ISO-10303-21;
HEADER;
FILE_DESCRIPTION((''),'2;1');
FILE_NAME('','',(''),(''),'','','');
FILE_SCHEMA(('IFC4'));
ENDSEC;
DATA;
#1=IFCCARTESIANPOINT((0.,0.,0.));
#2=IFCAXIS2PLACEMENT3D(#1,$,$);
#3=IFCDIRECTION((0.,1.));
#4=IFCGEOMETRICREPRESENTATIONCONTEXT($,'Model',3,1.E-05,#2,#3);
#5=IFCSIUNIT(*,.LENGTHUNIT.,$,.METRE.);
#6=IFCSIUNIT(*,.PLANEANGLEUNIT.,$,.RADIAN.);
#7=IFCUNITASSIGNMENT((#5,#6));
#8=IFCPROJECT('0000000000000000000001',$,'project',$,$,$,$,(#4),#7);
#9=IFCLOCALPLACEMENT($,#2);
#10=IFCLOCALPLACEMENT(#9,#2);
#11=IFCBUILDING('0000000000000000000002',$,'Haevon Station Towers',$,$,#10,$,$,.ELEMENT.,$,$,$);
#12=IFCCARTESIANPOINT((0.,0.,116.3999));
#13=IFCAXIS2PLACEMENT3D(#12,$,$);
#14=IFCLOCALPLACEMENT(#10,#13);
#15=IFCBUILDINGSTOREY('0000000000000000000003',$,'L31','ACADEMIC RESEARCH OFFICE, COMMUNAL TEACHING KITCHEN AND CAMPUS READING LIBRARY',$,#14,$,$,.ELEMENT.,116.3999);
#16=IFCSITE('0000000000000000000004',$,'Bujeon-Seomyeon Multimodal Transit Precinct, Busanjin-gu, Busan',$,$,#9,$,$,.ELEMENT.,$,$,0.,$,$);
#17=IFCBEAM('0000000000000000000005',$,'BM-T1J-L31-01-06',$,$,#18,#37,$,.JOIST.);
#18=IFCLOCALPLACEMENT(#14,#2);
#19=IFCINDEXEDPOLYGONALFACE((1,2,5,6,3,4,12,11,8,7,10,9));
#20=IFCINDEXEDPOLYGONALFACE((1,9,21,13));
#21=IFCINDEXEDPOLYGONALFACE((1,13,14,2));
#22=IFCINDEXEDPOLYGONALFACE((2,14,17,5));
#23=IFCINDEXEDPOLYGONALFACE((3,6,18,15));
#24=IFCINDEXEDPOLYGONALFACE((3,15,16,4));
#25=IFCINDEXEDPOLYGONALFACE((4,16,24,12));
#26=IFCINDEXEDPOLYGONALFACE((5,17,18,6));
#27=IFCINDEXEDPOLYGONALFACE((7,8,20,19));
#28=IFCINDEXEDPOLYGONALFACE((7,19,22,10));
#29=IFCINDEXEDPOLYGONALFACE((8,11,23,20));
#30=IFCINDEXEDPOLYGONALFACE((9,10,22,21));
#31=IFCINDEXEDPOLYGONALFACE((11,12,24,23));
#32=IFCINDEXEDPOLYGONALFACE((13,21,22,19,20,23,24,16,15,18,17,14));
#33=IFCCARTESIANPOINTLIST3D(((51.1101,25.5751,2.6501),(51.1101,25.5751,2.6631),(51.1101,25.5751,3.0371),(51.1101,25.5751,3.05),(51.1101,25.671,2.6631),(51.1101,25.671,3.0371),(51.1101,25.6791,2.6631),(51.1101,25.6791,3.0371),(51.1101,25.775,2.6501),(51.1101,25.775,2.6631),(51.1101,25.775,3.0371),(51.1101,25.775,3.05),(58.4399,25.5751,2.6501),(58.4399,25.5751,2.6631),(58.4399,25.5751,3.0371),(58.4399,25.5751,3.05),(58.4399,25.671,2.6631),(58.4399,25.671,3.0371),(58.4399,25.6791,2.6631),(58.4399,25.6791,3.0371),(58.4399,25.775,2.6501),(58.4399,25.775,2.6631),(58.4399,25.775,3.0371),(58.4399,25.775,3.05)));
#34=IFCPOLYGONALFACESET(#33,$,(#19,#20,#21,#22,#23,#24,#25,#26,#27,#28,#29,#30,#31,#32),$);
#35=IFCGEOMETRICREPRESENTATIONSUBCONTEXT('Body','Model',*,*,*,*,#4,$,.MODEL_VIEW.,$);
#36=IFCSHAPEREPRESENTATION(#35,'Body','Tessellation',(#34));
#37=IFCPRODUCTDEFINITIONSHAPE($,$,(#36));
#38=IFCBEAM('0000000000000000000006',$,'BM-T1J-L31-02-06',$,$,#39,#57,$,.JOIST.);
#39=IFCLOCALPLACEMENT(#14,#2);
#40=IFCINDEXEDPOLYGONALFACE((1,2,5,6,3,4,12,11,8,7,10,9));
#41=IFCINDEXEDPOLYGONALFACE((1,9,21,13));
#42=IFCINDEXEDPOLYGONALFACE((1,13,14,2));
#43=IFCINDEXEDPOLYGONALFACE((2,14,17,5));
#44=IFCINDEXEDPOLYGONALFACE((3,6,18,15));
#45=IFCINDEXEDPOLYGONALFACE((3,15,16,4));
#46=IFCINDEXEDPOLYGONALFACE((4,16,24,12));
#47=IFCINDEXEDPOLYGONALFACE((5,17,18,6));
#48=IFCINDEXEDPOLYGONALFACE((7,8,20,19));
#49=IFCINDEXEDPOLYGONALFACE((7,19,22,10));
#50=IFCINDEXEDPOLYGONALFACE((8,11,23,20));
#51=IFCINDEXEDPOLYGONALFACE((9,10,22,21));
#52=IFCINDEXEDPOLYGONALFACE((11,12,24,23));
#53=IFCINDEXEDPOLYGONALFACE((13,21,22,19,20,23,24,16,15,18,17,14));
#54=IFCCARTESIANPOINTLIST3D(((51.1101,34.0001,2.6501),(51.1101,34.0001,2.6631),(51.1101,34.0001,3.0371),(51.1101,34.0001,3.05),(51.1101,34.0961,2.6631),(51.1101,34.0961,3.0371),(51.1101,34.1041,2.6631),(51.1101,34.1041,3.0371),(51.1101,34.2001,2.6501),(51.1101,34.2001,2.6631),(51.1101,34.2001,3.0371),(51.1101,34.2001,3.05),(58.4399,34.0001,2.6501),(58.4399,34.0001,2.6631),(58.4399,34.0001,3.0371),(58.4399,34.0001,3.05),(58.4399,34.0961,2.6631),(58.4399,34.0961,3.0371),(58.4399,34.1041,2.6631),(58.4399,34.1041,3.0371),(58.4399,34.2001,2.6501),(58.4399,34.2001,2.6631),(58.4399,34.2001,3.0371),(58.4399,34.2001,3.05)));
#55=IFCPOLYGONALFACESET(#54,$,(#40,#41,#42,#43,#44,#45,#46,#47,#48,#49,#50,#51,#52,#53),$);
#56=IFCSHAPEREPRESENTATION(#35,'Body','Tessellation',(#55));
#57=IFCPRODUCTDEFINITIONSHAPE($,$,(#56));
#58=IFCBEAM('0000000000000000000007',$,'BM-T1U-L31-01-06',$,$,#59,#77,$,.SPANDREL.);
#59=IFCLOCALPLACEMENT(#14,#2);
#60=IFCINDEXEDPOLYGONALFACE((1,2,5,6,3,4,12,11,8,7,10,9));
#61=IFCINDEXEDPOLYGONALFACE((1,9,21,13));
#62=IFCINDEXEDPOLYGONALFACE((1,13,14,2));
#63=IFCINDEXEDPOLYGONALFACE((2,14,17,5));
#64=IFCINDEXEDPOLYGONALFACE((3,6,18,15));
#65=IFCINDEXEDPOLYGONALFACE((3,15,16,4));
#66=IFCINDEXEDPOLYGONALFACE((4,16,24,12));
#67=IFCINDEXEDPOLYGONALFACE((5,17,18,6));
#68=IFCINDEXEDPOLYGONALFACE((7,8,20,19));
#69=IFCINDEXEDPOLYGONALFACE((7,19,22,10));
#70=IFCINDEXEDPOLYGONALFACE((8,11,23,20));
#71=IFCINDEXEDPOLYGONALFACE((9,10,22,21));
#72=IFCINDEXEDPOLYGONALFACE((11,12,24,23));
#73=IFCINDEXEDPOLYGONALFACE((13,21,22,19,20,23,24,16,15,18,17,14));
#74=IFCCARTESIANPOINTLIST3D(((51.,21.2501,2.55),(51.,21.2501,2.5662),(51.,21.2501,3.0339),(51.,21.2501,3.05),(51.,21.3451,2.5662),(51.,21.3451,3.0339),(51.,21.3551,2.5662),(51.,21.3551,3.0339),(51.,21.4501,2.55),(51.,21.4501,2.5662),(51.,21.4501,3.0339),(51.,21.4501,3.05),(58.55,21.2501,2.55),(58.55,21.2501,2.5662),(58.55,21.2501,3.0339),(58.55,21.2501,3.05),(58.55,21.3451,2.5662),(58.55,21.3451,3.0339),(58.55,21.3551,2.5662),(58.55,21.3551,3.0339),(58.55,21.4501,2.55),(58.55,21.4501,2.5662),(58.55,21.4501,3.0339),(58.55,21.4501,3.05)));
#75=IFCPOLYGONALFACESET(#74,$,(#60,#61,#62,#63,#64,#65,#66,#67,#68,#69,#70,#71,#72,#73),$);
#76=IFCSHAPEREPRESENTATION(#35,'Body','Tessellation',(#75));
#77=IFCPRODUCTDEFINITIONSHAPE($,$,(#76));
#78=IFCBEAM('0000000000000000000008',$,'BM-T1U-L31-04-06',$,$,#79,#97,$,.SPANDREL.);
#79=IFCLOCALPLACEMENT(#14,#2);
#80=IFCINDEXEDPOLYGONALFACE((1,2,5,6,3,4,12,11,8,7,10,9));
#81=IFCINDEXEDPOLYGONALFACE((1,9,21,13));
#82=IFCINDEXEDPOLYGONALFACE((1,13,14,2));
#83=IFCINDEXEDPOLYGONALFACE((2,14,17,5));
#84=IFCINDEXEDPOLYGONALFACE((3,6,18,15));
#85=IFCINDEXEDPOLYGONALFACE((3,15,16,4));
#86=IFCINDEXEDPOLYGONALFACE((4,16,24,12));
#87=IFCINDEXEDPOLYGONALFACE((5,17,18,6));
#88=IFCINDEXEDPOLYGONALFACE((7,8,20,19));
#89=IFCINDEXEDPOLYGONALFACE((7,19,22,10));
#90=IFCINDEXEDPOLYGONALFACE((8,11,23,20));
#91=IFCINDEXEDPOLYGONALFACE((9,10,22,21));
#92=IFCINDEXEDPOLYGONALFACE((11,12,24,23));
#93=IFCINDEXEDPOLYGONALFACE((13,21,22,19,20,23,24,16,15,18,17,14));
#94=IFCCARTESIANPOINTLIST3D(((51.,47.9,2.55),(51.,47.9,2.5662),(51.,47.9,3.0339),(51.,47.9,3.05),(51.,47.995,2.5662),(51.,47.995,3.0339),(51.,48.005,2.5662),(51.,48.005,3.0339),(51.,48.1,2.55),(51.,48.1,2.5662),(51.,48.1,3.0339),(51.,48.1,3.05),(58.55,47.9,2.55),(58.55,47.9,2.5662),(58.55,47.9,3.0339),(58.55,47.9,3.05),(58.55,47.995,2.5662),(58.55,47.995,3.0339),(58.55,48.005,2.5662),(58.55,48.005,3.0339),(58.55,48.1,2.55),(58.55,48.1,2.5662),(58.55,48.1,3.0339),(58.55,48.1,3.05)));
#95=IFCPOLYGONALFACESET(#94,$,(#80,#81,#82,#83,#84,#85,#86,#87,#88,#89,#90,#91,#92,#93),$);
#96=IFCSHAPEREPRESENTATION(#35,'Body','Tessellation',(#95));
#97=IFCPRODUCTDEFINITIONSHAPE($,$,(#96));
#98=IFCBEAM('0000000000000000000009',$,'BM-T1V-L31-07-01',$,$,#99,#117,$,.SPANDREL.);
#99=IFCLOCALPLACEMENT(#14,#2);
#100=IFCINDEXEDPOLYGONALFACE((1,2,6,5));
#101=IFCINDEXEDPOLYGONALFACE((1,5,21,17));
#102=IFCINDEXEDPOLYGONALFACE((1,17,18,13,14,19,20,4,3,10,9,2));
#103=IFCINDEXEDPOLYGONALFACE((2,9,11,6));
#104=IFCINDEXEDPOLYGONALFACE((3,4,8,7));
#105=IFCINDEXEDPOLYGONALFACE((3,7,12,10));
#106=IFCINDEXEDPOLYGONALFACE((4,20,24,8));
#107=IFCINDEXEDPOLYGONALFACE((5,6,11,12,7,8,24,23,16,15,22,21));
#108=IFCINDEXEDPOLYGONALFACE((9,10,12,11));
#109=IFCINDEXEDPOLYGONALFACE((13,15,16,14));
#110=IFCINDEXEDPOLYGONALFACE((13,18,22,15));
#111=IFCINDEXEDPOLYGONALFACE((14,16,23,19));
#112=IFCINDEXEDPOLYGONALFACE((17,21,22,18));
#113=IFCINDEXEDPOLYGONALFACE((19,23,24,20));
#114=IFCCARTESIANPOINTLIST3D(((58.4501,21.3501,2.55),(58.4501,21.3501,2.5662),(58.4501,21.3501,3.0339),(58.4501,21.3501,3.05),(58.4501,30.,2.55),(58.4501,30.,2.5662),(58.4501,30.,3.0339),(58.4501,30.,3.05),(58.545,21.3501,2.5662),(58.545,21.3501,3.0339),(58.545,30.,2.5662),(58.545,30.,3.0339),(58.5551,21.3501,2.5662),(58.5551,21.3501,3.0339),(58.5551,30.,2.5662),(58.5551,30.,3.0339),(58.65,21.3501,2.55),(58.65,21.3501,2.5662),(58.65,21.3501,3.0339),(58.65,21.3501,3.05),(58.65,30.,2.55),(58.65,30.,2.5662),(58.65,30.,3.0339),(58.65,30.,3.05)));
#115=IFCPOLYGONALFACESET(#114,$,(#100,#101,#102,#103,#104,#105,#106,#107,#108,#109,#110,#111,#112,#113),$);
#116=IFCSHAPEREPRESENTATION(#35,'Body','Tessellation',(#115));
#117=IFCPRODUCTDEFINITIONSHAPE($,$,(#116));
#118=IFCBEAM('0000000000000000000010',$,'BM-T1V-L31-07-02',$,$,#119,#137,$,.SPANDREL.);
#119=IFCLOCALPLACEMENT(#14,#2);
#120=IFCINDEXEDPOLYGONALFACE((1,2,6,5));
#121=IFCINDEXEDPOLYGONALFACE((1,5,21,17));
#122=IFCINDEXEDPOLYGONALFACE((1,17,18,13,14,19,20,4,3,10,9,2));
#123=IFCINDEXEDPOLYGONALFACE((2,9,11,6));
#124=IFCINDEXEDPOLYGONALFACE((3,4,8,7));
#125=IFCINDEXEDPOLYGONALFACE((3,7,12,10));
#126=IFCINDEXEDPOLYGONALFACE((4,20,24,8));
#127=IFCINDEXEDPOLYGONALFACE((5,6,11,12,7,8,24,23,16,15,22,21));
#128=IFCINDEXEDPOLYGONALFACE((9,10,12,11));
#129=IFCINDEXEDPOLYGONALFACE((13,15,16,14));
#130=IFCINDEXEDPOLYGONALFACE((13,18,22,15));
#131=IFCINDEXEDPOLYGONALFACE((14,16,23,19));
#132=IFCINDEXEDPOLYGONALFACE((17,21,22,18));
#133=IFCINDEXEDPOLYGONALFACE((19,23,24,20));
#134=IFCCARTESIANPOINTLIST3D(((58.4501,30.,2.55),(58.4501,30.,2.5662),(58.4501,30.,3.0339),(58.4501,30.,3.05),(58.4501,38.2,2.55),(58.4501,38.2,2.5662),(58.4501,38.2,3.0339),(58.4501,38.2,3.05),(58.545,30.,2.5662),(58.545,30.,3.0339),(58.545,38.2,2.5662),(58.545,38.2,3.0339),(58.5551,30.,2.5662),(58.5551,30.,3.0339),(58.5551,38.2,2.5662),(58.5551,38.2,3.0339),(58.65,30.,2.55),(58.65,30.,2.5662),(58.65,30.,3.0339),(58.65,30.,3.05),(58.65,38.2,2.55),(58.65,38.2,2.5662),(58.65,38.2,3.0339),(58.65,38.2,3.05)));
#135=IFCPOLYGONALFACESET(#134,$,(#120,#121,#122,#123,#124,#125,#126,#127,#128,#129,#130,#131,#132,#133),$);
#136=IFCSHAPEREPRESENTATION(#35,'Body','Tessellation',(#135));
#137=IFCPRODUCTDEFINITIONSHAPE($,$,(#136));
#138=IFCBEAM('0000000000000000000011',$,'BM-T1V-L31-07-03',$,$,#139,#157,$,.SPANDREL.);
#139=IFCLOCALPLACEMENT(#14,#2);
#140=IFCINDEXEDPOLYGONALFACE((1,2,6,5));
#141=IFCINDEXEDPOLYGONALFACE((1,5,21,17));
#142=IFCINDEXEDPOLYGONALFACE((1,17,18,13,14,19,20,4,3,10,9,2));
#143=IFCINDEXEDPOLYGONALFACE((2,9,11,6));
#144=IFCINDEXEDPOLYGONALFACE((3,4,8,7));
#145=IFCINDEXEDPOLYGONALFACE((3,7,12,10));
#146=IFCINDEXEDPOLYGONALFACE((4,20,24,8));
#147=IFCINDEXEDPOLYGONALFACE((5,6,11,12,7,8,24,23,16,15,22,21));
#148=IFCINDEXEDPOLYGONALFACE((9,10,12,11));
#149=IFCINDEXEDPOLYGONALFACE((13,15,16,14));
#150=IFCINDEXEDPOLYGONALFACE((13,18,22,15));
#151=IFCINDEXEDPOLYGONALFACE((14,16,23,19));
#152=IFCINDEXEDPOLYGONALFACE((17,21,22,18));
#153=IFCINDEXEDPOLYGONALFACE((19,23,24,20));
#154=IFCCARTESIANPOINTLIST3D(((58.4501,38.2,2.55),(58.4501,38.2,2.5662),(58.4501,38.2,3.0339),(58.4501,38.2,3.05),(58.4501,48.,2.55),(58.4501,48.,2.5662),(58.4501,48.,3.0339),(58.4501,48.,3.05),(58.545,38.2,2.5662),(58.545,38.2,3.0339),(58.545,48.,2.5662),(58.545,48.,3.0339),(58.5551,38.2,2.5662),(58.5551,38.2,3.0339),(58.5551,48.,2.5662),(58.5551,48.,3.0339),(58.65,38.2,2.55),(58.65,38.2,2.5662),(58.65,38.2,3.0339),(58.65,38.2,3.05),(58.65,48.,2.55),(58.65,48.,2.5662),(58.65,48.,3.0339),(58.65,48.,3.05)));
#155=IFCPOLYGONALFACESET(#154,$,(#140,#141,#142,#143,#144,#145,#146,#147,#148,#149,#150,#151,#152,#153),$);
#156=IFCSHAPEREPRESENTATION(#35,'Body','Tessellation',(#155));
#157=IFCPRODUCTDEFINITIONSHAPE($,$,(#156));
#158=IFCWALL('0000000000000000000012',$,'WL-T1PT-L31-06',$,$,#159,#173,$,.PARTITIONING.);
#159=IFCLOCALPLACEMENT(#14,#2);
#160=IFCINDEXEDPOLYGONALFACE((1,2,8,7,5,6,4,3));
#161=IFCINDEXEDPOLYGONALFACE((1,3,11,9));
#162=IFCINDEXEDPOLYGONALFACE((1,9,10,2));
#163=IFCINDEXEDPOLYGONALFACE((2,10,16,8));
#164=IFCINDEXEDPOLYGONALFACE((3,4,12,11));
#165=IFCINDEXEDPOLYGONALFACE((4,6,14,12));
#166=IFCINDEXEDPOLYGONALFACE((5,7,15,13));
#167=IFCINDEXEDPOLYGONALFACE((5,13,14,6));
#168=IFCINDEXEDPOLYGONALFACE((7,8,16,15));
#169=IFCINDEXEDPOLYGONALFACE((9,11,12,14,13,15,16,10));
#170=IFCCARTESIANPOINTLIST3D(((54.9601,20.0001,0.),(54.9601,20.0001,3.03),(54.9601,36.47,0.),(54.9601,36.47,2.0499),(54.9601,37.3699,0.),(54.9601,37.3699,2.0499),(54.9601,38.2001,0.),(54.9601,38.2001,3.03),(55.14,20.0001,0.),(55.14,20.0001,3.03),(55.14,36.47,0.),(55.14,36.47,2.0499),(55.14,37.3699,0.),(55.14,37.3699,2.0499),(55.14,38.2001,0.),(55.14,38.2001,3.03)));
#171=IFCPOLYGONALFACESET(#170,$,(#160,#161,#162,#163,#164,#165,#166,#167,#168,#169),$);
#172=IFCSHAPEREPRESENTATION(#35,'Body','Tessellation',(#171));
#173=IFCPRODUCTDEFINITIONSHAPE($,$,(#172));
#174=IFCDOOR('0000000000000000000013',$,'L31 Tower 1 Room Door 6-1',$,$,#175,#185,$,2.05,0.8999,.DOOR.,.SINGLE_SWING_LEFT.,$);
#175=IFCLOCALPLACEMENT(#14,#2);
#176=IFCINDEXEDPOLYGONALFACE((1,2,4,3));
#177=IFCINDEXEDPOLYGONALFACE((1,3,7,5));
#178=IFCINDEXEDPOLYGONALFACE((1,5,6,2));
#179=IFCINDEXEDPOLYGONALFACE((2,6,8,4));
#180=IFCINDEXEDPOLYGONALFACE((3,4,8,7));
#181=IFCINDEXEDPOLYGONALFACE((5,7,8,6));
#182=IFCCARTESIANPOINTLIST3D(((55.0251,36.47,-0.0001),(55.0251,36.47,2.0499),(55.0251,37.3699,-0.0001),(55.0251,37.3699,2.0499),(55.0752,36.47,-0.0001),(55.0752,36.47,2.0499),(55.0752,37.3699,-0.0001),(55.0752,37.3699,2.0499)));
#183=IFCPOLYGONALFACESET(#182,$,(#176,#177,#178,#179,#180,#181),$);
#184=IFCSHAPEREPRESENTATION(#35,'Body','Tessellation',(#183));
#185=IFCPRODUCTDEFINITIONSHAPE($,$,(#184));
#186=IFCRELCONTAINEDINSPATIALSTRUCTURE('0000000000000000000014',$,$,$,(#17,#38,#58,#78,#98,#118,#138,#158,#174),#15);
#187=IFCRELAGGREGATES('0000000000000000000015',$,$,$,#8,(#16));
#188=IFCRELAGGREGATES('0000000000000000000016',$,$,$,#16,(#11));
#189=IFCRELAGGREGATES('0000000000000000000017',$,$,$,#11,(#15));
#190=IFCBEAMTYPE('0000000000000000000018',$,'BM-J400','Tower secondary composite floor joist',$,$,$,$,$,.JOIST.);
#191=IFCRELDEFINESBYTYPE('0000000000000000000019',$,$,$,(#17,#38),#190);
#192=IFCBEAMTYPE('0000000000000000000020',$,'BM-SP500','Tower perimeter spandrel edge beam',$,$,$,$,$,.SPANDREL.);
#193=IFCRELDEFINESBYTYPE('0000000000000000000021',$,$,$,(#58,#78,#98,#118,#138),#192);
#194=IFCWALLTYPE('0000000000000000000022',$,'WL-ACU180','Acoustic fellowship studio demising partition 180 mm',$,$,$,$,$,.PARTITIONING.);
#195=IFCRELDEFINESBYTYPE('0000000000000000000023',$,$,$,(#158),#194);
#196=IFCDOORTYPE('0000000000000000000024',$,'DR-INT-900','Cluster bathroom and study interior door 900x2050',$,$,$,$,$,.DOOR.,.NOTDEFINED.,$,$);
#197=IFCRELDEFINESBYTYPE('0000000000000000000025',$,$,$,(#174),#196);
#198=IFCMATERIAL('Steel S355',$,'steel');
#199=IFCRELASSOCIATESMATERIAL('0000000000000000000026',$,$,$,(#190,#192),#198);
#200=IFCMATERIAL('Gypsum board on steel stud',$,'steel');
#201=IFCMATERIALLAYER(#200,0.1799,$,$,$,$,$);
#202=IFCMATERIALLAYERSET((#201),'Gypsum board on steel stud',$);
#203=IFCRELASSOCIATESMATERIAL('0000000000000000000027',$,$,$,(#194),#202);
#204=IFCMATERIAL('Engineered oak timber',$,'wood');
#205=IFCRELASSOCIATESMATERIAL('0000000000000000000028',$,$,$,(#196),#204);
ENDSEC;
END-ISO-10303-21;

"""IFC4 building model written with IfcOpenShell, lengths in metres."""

from ifc_helpers import new_model, si_unit, direction, frame, frame_2d, origin, origin_2d, place, context, subcontext, project, spatial, rectangle, i_section, extrude, material, layer, layer_set, material_profile, profile_set, type_object, element, fill, save


model = new_model("IFC4")

# Units and contexts
model_context = context("Model", 3, precision=1e-05, world=origin(), true_north=direction((0.0, 1.0)))
body_context = subcontext(model_context, "Body", "Model", "MODEL_VIEW")
ifc_project = project(units=[si_unit("LENGTHUNIT", "METRE"), si_unit("PLANEANGLEUNIT", "RADIAN")], contexts=[model_context])

# Site, building, storey
site_placement = place(None, origin())
site = spatial("IfcSite", under=ifc_project, at=site_placement, Name="Bujeon-Seomyeon Multimodal Transit Precinct, Busanjin-gu, Busan", CompositionType="ELEMENT", RefElevation=0.0)
building_placement = place(site_placement, origin())
building = spatial("IfcBuilding", under=site, at=building_placement, Name="Haevon Station Towers", CompositionType="ELEMENT")
storey_placement = place(building_placement, frame((0.0, 0.0, 116.3999)))
storey = spatial("IfcBuildingStorey", under=building, at=storey_placement, Name="L31", Description="ACADEMIC RESEARCH OFFICE, COMMUNAL TEACHING KITCHEN AND CAMPUS READING LIBRARY", CompositionType="ELEMENT", Elevation=116.3999)

# Beams
ifc_material_1 = material(Name="Steel S355", Category="steel")
ifc_material_profile_1 = material_profile(ifc_material_1, i_section(OverallWidth=0.2, OverallDepth=0.3999, WebThickness=0.0081, FlangeThickness=0.0129, at=origin_2d()), Name="H-400x200x8x13")
ifc_profile_set_1 = profile_set([ifc_material_profile_1], Name="Steel S355")
beam_type_1 = type_object("IfcBeamType", Name="BM-J400", Description="Tower secondary composite floor joist", PredefinedType="JOIST", material=ifc_profile_set_1)
for number, where, z_axis, x_axis, name in (
    (1, (51.1101, 25.675, 2.8501), (1.0, 0.0, 0.0), (0.0, 1.0, 0.0), "BM-T1J-L31-01-06"),
    (2, (51.1101, 34.1001, 2.8501), (1.0, 0.0, 0.0), (0.0, 1.0, 0.0), "BM-T1J-L31-02-06"),
):
    element("IfcBeam", number, at=place(storey_placement, frame(where, z_axis=z_axis, x_axis=x_axis)), inside=storey, type_object=beam_type_1, Name=name, PredefinedType="JOIST", context=body_context, shape_type="SweptSolid", body=[
        extrude(i_section(OverallWidth=0.2, OverallDepth=0.3999, WebThickness=0.0081, FlangeThickness=0.0129, at=origin_2d()), origin(), (0.0, 0.0, 1.0), 7.3298),
    ])
ifc_material_profile_2 = material_profile(ifc_material_1, i_section(OverallWidth=0.2, OverallDepth=0.5, WebThickness=0.01, FlangeThickness=0.0161, at=origin_2d()), Name="H-500x200x10x16")
ifc_profile_set_2 = profile_set([ifc_material_profile_2], Name="Steel S355")
beam_type_2 = type_object("IfcBeamType", Name="BM-SP500", Description="Tower perimeter spandrel edge beam", PredefinedType="SPANDREL", material=ifc_profile_set_2)
for number, where, z_axis, x_axis, name in (
    (3, (51.0, 21.3501, 2.8), (1.0, 0.0, 0.0), (0.0, 1.0, 0.0), "BM-T1U-L31-01-06"),
    (4, (51.0, 48.0, 2.8), (1.0, 0.0, 0.0), (0.0, 1.0, 0.0), "BM-T1U-L31-04-06"),
):
    element("IfcBeam", number, at=place(storey_placement, frame(where, z_axis=z_axis, x_axis=x_axis)), inside=storey, type_object=beam_type_2, Name=name, PredefinedType="SPANDREL", context=body_context, shape_type="SweptSolid", body=[
        extrude(i_section(OverallWidth=0.2, OverallDepth=0.5, WebThickness=0.01, FlangeThickness=0.0161, at=origin_2d()), origin(), (0.0, 0.0, 1.0), 7.55),
    ])
beam_1_placement = place(storey_placement, frame((58.55, 21.3501, 2.8), z_axis=(0.0, 1.0, 0.0), x_axis=(-1.0, 0.0, 0.0)))
element("IfcBeam", 5, at=beam_1_placement, inside=storey, type_object=beam_type_2, Name="BM-T1V-L31-07-01", PredefinedType="SPANDREL", context=body_context, shape_type="SweptSolid", body=[
    extrude(i_section(OverallWidth=0.2, OverallDepth=0.5, WebThickness=0.01, FlangeThickness=0.0161, at=origin_2d()), origin(), (0.0, 0.0, 1.0), 8.6499),
])
beam_2_placement = place(storey_placement, frame((58.55, 30.0, 2.8), z_axis=(0.0, 1.0, 0.0), x_axis=(-1.0, 0.0, 0.0)))
element("IfcBeam", 6, at=beam_2_placement, inside=storey, type_object=beam_type_2, Name="BM-T1V-L31-07-02", PredefinedType="SPANDREL", context=body_context, shape_type="SweptSolid", body=[
    extrude(i_section(OverallWidth=0.2, OverallDepth=0.5, WebThickness=0.01, FlangeThickness=0.0161, at=origin_2d()), origin(), (0.0, 0.0, 1.0), 8.2),
])
beam_3_placement = place(storey_placement, frame((58.55, 38.2, 2.8), z_axis=(0.0, 1.0, 0.0), x_axis=(-1.0, 0.0, 0.0)))
element("IfcBeam", 7, at=beam_3_placement, inside=storey, type_object=beam_type_2, Name="BM-T1V-L31-07-03", PredefinedType="SPANDREL", context=body_context, shape_type="SweptSolid", body=[
    extrude(i_section(OverallWidth=0.2, OverallDepth=0.5, WebThickness=0.01, FlangeThickness=0.0161, at=origin_2d()), origin(), (0.0, 0.0, 1.0), 9.8),
])

# Wall, opening, door
ifc_material_2 = material(Name="Gypsum board on steel stud", Category="steel")
ifc_layer_1 = layer(ifc_material_2, 0.1799)
ifc_layer_set_1 = layer_set([ifc_layer_1], Name="Gypsum board on steel stud")
wall_type_1 = type_object("IfcWallType", Name="WL-ACU180", Description="Acoustic fellowship studio demising partition 180 mm", PredefinedType="PARTITIONING", material=ifc_layer_set_1)
wall_1_placement = place(storey_placement, frame((55.05, 20.0, 0.0), z_axis=(0.0, 0.0, 1.0), x_axis=(0.0, 1.0, 0.0)))
wall_1 = element("IfcWall", 8, at=wall_1_placement, inside=storey, type_object=wall_type_1, Name="WL-T1PT-L31-06", PredefinedType="PARTITIONING", context=body_context, shape_type="SweptSolid", body=[
    extrude(rectangle(XDim=18.2, YDim=0.1799, at=frame_2d((9.1001, 0.0))), origin(), (0.0, 0.0, 1.0), 3.03),
])
opening_1_placement = place(wall_1_placement, frame((16.47, 0.0, 0.0)))
opening_1 = element("IfcOpeningElement", 9, at=opening_1_placement, cuts=wall_1, PredefinedType="OPENING", context=body_context, shape_type="SweptSolid", body=[
    extrude(rectangle(XDim=0.8999, YDim=2.05, at=frame_2d((0.45, 1.0249))), frame((0.0, 0.0999, 0.0), z_axis=(0.0, -1.0, 0.0), x_axis=(1.0, 0.0, 0.0)), (0.0, 0.0, 1.0), 0.2),
])
ifc_material_3 = material(Name="Engineered oak timber", Category="wood")
door_type_1 = type_object("IfcDoorType", Name="DR-INT-900", Description="Cluster bathroom and study interior door 900x2050", OperationType="NOTDEFINED", PredefinedType="DOOR", material=ifc_material_3)
door_1_placement = place(opening_1_placement, origin())
door_1 = element("IfcDoor", 10, at=door_1_placement, inside=storey, type_object=door_type_1, Name="L31 Tower 1 Room Door 6-1", OperationType="SINGLE_SWING_LEFT", OverallHeight=2.05, OverallWidth=0.8999, PredefinedType="DOOR", context=body_context, shape_type="SweptSolid", body=[
    extrude(rectangle(XDim=0.8999, YDim=2.05, at=frame_2d((0.45, 1.0249))), frame((0.0, 0.0249, 0.0), z_axis=(0.0, -1.0, 0.0), x_axis=(1.0, 0.0, 0.0)), (0.0, 0.0, 1.0), 0.05),
])
fill(opening_1, door_1)

save(model, "model.ifc")
